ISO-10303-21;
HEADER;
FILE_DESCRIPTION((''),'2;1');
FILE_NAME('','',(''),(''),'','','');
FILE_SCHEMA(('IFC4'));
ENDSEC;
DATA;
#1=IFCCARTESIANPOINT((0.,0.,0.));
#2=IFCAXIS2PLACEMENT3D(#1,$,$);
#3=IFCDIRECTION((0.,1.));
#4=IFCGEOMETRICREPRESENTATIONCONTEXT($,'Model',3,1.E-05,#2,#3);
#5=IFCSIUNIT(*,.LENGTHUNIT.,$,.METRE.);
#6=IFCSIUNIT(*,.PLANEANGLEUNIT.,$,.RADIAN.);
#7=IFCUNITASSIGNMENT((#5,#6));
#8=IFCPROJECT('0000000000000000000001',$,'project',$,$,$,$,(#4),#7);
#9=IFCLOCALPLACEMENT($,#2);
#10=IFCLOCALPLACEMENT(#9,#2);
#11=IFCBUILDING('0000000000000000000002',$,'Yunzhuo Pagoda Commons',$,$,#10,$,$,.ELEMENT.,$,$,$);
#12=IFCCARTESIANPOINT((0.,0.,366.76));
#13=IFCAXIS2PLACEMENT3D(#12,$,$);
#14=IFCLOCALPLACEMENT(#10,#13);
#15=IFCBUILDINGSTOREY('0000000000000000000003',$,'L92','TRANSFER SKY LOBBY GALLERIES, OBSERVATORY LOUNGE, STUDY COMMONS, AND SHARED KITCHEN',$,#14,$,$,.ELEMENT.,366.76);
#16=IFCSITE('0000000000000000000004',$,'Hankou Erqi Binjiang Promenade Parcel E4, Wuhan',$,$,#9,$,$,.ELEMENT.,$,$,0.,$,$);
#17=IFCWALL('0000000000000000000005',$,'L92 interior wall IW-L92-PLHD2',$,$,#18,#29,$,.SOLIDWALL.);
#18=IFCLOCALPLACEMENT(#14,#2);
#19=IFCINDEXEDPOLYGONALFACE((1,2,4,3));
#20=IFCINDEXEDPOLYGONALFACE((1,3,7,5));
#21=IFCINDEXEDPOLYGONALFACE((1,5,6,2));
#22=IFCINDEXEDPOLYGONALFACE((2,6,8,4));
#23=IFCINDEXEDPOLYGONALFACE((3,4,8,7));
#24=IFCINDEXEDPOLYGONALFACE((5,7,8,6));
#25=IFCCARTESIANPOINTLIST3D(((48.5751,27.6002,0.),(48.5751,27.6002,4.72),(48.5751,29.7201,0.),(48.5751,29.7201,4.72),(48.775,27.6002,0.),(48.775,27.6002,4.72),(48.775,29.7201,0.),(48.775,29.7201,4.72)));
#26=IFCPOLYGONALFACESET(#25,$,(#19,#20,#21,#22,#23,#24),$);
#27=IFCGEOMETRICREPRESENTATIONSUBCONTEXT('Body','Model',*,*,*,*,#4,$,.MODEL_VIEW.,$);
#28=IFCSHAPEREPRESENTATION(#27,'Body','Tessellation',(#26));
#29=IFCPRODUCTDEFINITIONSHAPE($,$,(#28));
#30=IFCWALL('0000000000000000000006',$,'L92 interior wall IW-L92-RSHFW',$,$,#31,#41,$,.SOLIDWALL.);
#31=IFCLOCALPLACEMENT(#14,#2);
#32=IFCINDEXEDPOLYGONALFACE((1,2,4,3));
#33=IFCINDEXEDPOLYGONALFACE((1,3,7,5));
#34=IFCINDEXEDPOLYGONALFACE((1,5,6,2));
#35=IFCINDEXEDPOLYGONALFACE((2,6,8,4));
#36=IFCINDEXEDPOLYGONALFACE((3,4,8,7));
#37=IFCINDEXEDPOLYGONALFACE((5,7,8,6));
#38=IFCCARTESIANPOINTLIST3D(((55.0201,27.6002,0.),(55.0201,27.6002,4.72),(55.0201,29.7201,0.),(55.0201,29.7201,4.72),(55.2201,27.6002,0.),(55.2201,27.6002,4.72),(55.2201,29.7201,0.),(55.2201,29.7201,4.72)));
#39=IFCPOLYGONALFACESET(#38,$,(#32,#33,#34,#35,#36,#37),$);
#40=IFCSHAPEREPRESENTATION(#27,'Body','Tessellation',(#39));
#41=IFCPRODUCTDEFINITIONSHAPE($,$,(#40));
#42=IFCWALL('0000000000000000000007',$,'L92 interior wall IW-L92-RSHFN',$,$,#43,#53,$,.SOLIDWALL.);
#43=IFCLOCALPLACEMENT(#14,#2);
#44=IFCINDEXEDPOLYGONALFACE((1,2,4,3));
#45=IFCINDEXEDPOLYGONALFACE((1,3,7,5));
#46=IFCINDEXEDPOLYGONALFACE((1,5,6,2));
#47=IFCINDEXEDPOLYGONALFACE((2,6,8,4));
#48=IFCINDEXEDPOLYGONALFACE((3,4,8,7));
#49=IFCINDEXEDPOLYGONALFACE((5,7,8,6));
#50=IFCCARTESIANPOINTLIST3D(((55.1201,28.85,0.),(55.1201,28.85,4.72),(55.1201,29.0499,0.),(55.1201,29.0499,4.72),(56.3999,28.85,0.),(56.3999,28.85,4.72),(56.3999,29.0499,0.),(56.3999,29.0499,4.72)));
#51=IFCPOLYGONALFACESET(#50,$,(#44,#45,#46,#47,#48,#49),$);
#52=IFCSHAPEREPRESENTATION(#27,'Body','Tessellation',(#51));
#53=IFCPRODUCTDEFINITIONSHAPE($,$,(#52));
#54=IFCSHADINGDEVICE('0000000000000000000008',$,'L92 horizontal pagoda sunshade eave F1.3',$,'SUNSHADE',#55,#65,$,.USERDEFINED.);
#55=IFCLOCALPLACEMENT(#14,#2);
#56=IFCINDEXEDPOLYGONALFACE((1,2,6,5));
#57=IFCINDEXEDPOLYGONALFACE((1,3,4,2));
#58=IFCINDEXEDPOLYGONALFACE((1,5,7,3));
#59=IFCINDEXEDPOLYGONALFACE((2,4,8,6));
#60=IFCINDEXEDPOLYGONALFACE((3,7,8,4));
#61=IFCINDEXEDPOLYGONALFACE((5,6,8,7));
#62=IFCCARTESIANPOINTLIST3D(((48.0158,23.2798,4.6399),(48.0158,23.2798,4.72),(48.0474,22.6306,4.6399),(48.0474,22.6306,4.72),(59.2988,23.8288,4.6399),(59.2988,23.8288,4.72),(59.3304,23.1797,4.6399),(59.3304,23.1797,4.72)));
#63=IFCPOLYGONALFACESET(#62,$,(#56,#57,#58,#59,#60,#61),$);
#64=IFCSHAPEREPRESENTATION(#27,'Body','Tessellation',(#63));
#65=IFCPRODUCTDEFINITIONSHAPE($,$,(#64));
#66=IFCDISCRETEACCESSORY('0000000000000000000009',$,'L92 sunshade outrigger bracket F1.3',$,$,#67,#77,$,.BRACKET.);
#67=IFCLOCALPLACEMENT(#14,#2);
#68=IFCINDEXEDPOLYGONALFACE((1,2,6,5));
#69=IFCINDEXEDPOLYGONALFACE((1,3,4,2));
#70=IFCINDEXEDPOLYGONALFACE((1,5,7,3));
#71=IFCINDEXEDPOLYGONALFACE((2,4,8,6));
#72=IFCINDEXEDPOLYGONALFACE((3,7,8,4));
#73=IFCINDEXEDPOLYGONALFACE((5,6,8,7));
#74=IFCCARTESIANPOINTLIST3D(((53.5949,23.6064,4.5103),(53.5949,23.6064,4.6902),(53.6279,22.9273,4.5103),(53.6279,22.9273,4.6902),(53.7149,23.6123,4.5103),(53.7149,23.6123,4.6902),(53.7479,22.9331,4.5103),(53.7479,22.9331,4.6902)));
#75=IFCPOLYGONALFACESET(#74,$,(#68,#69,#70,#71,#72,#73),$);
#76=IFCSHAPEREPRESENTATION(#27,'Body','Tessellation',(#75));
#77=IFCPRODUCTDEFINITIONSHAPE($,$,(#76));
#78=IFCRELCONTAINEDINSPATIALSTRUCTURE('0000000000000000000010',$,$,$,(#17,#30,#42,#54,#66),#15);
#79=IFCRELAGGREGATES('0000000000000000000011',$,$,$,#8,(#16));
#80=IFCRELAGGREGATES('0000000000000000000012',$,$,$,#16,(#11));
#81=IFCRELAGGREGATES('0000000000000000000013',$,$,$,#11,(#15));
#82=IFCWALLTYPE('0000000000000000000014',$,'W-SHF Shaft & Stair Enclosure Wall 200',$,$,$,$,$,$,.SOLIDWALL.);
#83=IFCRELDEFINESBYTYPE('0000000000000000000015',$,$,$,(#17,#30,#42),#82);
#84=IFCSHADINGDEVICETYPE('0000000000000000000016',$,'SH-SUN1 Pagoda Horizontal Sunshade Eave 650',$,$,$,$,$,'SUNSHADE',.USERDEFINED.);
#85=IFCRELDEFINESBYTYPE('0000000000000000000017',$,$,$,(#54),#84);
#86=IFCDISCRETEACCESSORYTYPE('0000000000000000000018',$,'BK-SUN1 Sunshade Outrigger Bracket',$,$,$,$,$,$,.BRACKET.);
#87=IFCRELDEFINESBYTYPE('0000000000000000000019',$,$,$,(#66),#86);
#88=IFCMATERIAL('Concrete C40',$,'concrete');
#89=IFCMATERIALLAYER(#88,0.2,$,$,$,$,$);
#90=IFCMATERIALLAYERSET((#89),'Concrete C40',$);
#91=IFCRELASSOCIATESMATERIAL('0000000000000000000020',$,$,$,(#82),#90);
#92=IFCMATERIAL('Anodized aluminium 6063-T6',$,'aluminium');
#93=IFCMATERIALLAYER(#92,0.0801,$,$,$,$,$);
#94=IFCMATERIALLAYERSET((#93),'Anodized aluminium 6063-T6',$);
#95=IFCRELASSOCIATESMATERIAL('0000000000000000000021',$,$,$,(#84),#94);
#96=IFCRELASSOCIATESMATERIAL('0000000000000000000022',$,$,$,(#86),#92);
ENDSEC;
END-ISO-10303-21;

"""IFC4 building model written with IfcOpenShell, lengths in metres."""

from ifc_helpers import new_model, si_unit, direction, frame, frame_2d, origin, origin_2d, place, context, subcontext, project, spatial, rectangle, extrude, source, transform, mapped, material, layer, layer_set, type_object, element, save


model = new_model("IFC4")

# Units and contexts
model_context = context("Model", 3, precision=1e-05, world=origin(), true_north=direction((0.0, 1.0)))
body_context = subcontext(model_context, "Body", "Model", "MODEL_VIEW")
ifc_project = project(units=[si_unit("LENGTHUNIT", "METRE"), si_unit("PLANEANGLEUNIT", "RADIAN")], contexts=[model_context])

# Site, building, storey
site_placement = place(None, origin())
site = spatial("IfcSite", under=ifc_project, at=site_placement, Name="Hankou Erqi Binjiang Promenade Parcel E4, Wuhan", CompositionType="ELEMENT", RefElevation=0.0)
building_placement = place(site_placement, origin())
building = spatial("IfcBuilding", under=site, at=building_placement, Name="Yunzhuo Pagoda Commons", CompositionType="ELEMENT")
storey_placement = place(building_placement, frame((0.0, 0.0, 366.76)))
storey = spatial("IfcBuildingStorey", under=building, at=storey_placement, Name="L92", Description="TRANSFER SKY LOBBY GALLERIES, OBSERVATORY LOUNGE, STUDY COMMONS, AND SHARED KITCHEN", CompositionType="ELEMENT", Elevation=366.76)

# Shared definitions
ifc_material_1 = material(Name="Anodized aluminium 6063-T6", Category="aluminium")

# Shared definitions
ifc_material_2 = material(Name="Concrete C40", Category="concrete")
ifc_layer_1 = layer(ifc_material_2, 0.2)
ifc_layer_set_1 = layer_set([ifc_layer_1], Name="Concrete C40")
wall_type_1 = type_object("IfcWallType", Name="W-SHF Shaft & Stair Enclosure Wall 200", PredefinedType="SOLIDWALL", material=ifc_layer_set_1)

# Walls
for number, where, z_axis, x_axis, name in (
    (1, (48.675, 27.6001, 0.0), (0.0, 0.0, 1.0), (0.0, 1.0, 0.0), "L92 interior wall IW-L92-PLHD2"),
    (2, (55.1201, 27.6001, 0.0), (0.0, 0.0, 1.0), (0.0, 1.0, 0.0), "L92 interior wall IW-L92-RSHFW"),
):
    element("IfcWall", number, at=place(storey_placement, frame(where, z_axis=z_axis, x_axis=x_axis)), inside=storey, type_object=wall_type_1, Name=name, PredefinedType="SOLIDWALL", context=body_context, shape_type="SweptSolid", body=[
        extrude(rectangle(XDim=2.1199, YDim=0.2, at=frame_2d((1.0601, 0.0))), origin(), (0.0, 0.0, 1.0), 4.72),
    ])
wall_1_placement = place(storey_placement, frame((55.1201, 28.95, 0.0), z_axis=(0.0, 0.0, 1.0), x_axis=(1.0, 0.0, 0.0)))
element("IfcWall", 3, at=wall_1_placement, inside=storey, type_object=wall_type_1, Name="L92 interior wall IW-L92-RSHFN", PredefinedType="SOLIDWALL", context=body_context, shape_type="SweptSolid", body=[
    extrude(rectangle(XDim=1.2798, YDim=0.2, at=frame_2d((0.6399, 0.0))), origin(), (0.0, 0.0, 1.0), 4.72),
])

# Shading device
ifc_layer_2 = layer(ifc_material_1, 0.0801)
ifc_layer_set_2 = layer_set([ifc_layer_2], Name="Anodized aluminium 6063-T6")
shading_device_type = type_object("IfcShadingDeviceType", Name="SH-SUN1 Pagoda Horizontal Sunshade Eave 650", ElementType="SUNSHADE", PredefinedType="USERDEFINED", material=ifc_layer_set_2)
shared_shape_1 = source(origin(), body_context, "Body", "SweptSolid", [
    extrude(rectangle(XDim=11.2964, YDim=0.6499, at=origin_2d()), origin(), (0.0, 0.0, 1.0), 0.0801),
])
shading_device_placement = place(storey_placement, frame((53.6731, 23.2297, 4.6399), z_axis=(0.0, 0.0, 1.0), x_axis=(0.998818, 0.048606, 0.0)))
element("IfcShadingDevice", 4, at=shading_device_placement, inside=storey, type_object=shading_device_type, Name="L92 horizontal pagoda sunshade eave F1.3", ObjectType="SUNSHADE", PredefinedType="USERDEFINED", context=body_context, shape_type="MappedRepresentation", body=[
    mapped(shared_shape_1, transform((0.0, 0.0, 0.0), scale=1.0)),
])

# Discrete accessory
discrete_accessory_type = type_object("IfcDiscreteAccessoryType", Name="BK-SUN1 Sunshade Outrigger Bracket", PredefinedType="BRACKET", material=ifc_material_1)
shared_shape_2 = source(origin(), body_context, "Body", "SweptSolid", [
    extrude(rectangle(XDim=0.1201, YDim=0.6799, at=origin_2d()), origin(), (0.0, 0.0, 1.0), 0.1799),
])
discrete_accessory_placement = place(storey_placement, frame((53.6714, 23.2698, 4.5103), z_axis=(0.0, 0.0, 1.0), x_axis=(0.998818, 0.048606, 0.0)))
element("IfcDiscreteAccessory", 5, at=discrete_accessory_placement, inside=storey, type_object=discrete_accessory_type, Name="L92 sunshade outrigger bracket F1.3", PredefinedType="BRACKET", context=body_context, shape_type="MappedRepresentation", body=[
    mapped(shared_shape_2, transform((0.0, 0.0, 0.0), scale=1.0)),
])

save(model, "model.ifc")
